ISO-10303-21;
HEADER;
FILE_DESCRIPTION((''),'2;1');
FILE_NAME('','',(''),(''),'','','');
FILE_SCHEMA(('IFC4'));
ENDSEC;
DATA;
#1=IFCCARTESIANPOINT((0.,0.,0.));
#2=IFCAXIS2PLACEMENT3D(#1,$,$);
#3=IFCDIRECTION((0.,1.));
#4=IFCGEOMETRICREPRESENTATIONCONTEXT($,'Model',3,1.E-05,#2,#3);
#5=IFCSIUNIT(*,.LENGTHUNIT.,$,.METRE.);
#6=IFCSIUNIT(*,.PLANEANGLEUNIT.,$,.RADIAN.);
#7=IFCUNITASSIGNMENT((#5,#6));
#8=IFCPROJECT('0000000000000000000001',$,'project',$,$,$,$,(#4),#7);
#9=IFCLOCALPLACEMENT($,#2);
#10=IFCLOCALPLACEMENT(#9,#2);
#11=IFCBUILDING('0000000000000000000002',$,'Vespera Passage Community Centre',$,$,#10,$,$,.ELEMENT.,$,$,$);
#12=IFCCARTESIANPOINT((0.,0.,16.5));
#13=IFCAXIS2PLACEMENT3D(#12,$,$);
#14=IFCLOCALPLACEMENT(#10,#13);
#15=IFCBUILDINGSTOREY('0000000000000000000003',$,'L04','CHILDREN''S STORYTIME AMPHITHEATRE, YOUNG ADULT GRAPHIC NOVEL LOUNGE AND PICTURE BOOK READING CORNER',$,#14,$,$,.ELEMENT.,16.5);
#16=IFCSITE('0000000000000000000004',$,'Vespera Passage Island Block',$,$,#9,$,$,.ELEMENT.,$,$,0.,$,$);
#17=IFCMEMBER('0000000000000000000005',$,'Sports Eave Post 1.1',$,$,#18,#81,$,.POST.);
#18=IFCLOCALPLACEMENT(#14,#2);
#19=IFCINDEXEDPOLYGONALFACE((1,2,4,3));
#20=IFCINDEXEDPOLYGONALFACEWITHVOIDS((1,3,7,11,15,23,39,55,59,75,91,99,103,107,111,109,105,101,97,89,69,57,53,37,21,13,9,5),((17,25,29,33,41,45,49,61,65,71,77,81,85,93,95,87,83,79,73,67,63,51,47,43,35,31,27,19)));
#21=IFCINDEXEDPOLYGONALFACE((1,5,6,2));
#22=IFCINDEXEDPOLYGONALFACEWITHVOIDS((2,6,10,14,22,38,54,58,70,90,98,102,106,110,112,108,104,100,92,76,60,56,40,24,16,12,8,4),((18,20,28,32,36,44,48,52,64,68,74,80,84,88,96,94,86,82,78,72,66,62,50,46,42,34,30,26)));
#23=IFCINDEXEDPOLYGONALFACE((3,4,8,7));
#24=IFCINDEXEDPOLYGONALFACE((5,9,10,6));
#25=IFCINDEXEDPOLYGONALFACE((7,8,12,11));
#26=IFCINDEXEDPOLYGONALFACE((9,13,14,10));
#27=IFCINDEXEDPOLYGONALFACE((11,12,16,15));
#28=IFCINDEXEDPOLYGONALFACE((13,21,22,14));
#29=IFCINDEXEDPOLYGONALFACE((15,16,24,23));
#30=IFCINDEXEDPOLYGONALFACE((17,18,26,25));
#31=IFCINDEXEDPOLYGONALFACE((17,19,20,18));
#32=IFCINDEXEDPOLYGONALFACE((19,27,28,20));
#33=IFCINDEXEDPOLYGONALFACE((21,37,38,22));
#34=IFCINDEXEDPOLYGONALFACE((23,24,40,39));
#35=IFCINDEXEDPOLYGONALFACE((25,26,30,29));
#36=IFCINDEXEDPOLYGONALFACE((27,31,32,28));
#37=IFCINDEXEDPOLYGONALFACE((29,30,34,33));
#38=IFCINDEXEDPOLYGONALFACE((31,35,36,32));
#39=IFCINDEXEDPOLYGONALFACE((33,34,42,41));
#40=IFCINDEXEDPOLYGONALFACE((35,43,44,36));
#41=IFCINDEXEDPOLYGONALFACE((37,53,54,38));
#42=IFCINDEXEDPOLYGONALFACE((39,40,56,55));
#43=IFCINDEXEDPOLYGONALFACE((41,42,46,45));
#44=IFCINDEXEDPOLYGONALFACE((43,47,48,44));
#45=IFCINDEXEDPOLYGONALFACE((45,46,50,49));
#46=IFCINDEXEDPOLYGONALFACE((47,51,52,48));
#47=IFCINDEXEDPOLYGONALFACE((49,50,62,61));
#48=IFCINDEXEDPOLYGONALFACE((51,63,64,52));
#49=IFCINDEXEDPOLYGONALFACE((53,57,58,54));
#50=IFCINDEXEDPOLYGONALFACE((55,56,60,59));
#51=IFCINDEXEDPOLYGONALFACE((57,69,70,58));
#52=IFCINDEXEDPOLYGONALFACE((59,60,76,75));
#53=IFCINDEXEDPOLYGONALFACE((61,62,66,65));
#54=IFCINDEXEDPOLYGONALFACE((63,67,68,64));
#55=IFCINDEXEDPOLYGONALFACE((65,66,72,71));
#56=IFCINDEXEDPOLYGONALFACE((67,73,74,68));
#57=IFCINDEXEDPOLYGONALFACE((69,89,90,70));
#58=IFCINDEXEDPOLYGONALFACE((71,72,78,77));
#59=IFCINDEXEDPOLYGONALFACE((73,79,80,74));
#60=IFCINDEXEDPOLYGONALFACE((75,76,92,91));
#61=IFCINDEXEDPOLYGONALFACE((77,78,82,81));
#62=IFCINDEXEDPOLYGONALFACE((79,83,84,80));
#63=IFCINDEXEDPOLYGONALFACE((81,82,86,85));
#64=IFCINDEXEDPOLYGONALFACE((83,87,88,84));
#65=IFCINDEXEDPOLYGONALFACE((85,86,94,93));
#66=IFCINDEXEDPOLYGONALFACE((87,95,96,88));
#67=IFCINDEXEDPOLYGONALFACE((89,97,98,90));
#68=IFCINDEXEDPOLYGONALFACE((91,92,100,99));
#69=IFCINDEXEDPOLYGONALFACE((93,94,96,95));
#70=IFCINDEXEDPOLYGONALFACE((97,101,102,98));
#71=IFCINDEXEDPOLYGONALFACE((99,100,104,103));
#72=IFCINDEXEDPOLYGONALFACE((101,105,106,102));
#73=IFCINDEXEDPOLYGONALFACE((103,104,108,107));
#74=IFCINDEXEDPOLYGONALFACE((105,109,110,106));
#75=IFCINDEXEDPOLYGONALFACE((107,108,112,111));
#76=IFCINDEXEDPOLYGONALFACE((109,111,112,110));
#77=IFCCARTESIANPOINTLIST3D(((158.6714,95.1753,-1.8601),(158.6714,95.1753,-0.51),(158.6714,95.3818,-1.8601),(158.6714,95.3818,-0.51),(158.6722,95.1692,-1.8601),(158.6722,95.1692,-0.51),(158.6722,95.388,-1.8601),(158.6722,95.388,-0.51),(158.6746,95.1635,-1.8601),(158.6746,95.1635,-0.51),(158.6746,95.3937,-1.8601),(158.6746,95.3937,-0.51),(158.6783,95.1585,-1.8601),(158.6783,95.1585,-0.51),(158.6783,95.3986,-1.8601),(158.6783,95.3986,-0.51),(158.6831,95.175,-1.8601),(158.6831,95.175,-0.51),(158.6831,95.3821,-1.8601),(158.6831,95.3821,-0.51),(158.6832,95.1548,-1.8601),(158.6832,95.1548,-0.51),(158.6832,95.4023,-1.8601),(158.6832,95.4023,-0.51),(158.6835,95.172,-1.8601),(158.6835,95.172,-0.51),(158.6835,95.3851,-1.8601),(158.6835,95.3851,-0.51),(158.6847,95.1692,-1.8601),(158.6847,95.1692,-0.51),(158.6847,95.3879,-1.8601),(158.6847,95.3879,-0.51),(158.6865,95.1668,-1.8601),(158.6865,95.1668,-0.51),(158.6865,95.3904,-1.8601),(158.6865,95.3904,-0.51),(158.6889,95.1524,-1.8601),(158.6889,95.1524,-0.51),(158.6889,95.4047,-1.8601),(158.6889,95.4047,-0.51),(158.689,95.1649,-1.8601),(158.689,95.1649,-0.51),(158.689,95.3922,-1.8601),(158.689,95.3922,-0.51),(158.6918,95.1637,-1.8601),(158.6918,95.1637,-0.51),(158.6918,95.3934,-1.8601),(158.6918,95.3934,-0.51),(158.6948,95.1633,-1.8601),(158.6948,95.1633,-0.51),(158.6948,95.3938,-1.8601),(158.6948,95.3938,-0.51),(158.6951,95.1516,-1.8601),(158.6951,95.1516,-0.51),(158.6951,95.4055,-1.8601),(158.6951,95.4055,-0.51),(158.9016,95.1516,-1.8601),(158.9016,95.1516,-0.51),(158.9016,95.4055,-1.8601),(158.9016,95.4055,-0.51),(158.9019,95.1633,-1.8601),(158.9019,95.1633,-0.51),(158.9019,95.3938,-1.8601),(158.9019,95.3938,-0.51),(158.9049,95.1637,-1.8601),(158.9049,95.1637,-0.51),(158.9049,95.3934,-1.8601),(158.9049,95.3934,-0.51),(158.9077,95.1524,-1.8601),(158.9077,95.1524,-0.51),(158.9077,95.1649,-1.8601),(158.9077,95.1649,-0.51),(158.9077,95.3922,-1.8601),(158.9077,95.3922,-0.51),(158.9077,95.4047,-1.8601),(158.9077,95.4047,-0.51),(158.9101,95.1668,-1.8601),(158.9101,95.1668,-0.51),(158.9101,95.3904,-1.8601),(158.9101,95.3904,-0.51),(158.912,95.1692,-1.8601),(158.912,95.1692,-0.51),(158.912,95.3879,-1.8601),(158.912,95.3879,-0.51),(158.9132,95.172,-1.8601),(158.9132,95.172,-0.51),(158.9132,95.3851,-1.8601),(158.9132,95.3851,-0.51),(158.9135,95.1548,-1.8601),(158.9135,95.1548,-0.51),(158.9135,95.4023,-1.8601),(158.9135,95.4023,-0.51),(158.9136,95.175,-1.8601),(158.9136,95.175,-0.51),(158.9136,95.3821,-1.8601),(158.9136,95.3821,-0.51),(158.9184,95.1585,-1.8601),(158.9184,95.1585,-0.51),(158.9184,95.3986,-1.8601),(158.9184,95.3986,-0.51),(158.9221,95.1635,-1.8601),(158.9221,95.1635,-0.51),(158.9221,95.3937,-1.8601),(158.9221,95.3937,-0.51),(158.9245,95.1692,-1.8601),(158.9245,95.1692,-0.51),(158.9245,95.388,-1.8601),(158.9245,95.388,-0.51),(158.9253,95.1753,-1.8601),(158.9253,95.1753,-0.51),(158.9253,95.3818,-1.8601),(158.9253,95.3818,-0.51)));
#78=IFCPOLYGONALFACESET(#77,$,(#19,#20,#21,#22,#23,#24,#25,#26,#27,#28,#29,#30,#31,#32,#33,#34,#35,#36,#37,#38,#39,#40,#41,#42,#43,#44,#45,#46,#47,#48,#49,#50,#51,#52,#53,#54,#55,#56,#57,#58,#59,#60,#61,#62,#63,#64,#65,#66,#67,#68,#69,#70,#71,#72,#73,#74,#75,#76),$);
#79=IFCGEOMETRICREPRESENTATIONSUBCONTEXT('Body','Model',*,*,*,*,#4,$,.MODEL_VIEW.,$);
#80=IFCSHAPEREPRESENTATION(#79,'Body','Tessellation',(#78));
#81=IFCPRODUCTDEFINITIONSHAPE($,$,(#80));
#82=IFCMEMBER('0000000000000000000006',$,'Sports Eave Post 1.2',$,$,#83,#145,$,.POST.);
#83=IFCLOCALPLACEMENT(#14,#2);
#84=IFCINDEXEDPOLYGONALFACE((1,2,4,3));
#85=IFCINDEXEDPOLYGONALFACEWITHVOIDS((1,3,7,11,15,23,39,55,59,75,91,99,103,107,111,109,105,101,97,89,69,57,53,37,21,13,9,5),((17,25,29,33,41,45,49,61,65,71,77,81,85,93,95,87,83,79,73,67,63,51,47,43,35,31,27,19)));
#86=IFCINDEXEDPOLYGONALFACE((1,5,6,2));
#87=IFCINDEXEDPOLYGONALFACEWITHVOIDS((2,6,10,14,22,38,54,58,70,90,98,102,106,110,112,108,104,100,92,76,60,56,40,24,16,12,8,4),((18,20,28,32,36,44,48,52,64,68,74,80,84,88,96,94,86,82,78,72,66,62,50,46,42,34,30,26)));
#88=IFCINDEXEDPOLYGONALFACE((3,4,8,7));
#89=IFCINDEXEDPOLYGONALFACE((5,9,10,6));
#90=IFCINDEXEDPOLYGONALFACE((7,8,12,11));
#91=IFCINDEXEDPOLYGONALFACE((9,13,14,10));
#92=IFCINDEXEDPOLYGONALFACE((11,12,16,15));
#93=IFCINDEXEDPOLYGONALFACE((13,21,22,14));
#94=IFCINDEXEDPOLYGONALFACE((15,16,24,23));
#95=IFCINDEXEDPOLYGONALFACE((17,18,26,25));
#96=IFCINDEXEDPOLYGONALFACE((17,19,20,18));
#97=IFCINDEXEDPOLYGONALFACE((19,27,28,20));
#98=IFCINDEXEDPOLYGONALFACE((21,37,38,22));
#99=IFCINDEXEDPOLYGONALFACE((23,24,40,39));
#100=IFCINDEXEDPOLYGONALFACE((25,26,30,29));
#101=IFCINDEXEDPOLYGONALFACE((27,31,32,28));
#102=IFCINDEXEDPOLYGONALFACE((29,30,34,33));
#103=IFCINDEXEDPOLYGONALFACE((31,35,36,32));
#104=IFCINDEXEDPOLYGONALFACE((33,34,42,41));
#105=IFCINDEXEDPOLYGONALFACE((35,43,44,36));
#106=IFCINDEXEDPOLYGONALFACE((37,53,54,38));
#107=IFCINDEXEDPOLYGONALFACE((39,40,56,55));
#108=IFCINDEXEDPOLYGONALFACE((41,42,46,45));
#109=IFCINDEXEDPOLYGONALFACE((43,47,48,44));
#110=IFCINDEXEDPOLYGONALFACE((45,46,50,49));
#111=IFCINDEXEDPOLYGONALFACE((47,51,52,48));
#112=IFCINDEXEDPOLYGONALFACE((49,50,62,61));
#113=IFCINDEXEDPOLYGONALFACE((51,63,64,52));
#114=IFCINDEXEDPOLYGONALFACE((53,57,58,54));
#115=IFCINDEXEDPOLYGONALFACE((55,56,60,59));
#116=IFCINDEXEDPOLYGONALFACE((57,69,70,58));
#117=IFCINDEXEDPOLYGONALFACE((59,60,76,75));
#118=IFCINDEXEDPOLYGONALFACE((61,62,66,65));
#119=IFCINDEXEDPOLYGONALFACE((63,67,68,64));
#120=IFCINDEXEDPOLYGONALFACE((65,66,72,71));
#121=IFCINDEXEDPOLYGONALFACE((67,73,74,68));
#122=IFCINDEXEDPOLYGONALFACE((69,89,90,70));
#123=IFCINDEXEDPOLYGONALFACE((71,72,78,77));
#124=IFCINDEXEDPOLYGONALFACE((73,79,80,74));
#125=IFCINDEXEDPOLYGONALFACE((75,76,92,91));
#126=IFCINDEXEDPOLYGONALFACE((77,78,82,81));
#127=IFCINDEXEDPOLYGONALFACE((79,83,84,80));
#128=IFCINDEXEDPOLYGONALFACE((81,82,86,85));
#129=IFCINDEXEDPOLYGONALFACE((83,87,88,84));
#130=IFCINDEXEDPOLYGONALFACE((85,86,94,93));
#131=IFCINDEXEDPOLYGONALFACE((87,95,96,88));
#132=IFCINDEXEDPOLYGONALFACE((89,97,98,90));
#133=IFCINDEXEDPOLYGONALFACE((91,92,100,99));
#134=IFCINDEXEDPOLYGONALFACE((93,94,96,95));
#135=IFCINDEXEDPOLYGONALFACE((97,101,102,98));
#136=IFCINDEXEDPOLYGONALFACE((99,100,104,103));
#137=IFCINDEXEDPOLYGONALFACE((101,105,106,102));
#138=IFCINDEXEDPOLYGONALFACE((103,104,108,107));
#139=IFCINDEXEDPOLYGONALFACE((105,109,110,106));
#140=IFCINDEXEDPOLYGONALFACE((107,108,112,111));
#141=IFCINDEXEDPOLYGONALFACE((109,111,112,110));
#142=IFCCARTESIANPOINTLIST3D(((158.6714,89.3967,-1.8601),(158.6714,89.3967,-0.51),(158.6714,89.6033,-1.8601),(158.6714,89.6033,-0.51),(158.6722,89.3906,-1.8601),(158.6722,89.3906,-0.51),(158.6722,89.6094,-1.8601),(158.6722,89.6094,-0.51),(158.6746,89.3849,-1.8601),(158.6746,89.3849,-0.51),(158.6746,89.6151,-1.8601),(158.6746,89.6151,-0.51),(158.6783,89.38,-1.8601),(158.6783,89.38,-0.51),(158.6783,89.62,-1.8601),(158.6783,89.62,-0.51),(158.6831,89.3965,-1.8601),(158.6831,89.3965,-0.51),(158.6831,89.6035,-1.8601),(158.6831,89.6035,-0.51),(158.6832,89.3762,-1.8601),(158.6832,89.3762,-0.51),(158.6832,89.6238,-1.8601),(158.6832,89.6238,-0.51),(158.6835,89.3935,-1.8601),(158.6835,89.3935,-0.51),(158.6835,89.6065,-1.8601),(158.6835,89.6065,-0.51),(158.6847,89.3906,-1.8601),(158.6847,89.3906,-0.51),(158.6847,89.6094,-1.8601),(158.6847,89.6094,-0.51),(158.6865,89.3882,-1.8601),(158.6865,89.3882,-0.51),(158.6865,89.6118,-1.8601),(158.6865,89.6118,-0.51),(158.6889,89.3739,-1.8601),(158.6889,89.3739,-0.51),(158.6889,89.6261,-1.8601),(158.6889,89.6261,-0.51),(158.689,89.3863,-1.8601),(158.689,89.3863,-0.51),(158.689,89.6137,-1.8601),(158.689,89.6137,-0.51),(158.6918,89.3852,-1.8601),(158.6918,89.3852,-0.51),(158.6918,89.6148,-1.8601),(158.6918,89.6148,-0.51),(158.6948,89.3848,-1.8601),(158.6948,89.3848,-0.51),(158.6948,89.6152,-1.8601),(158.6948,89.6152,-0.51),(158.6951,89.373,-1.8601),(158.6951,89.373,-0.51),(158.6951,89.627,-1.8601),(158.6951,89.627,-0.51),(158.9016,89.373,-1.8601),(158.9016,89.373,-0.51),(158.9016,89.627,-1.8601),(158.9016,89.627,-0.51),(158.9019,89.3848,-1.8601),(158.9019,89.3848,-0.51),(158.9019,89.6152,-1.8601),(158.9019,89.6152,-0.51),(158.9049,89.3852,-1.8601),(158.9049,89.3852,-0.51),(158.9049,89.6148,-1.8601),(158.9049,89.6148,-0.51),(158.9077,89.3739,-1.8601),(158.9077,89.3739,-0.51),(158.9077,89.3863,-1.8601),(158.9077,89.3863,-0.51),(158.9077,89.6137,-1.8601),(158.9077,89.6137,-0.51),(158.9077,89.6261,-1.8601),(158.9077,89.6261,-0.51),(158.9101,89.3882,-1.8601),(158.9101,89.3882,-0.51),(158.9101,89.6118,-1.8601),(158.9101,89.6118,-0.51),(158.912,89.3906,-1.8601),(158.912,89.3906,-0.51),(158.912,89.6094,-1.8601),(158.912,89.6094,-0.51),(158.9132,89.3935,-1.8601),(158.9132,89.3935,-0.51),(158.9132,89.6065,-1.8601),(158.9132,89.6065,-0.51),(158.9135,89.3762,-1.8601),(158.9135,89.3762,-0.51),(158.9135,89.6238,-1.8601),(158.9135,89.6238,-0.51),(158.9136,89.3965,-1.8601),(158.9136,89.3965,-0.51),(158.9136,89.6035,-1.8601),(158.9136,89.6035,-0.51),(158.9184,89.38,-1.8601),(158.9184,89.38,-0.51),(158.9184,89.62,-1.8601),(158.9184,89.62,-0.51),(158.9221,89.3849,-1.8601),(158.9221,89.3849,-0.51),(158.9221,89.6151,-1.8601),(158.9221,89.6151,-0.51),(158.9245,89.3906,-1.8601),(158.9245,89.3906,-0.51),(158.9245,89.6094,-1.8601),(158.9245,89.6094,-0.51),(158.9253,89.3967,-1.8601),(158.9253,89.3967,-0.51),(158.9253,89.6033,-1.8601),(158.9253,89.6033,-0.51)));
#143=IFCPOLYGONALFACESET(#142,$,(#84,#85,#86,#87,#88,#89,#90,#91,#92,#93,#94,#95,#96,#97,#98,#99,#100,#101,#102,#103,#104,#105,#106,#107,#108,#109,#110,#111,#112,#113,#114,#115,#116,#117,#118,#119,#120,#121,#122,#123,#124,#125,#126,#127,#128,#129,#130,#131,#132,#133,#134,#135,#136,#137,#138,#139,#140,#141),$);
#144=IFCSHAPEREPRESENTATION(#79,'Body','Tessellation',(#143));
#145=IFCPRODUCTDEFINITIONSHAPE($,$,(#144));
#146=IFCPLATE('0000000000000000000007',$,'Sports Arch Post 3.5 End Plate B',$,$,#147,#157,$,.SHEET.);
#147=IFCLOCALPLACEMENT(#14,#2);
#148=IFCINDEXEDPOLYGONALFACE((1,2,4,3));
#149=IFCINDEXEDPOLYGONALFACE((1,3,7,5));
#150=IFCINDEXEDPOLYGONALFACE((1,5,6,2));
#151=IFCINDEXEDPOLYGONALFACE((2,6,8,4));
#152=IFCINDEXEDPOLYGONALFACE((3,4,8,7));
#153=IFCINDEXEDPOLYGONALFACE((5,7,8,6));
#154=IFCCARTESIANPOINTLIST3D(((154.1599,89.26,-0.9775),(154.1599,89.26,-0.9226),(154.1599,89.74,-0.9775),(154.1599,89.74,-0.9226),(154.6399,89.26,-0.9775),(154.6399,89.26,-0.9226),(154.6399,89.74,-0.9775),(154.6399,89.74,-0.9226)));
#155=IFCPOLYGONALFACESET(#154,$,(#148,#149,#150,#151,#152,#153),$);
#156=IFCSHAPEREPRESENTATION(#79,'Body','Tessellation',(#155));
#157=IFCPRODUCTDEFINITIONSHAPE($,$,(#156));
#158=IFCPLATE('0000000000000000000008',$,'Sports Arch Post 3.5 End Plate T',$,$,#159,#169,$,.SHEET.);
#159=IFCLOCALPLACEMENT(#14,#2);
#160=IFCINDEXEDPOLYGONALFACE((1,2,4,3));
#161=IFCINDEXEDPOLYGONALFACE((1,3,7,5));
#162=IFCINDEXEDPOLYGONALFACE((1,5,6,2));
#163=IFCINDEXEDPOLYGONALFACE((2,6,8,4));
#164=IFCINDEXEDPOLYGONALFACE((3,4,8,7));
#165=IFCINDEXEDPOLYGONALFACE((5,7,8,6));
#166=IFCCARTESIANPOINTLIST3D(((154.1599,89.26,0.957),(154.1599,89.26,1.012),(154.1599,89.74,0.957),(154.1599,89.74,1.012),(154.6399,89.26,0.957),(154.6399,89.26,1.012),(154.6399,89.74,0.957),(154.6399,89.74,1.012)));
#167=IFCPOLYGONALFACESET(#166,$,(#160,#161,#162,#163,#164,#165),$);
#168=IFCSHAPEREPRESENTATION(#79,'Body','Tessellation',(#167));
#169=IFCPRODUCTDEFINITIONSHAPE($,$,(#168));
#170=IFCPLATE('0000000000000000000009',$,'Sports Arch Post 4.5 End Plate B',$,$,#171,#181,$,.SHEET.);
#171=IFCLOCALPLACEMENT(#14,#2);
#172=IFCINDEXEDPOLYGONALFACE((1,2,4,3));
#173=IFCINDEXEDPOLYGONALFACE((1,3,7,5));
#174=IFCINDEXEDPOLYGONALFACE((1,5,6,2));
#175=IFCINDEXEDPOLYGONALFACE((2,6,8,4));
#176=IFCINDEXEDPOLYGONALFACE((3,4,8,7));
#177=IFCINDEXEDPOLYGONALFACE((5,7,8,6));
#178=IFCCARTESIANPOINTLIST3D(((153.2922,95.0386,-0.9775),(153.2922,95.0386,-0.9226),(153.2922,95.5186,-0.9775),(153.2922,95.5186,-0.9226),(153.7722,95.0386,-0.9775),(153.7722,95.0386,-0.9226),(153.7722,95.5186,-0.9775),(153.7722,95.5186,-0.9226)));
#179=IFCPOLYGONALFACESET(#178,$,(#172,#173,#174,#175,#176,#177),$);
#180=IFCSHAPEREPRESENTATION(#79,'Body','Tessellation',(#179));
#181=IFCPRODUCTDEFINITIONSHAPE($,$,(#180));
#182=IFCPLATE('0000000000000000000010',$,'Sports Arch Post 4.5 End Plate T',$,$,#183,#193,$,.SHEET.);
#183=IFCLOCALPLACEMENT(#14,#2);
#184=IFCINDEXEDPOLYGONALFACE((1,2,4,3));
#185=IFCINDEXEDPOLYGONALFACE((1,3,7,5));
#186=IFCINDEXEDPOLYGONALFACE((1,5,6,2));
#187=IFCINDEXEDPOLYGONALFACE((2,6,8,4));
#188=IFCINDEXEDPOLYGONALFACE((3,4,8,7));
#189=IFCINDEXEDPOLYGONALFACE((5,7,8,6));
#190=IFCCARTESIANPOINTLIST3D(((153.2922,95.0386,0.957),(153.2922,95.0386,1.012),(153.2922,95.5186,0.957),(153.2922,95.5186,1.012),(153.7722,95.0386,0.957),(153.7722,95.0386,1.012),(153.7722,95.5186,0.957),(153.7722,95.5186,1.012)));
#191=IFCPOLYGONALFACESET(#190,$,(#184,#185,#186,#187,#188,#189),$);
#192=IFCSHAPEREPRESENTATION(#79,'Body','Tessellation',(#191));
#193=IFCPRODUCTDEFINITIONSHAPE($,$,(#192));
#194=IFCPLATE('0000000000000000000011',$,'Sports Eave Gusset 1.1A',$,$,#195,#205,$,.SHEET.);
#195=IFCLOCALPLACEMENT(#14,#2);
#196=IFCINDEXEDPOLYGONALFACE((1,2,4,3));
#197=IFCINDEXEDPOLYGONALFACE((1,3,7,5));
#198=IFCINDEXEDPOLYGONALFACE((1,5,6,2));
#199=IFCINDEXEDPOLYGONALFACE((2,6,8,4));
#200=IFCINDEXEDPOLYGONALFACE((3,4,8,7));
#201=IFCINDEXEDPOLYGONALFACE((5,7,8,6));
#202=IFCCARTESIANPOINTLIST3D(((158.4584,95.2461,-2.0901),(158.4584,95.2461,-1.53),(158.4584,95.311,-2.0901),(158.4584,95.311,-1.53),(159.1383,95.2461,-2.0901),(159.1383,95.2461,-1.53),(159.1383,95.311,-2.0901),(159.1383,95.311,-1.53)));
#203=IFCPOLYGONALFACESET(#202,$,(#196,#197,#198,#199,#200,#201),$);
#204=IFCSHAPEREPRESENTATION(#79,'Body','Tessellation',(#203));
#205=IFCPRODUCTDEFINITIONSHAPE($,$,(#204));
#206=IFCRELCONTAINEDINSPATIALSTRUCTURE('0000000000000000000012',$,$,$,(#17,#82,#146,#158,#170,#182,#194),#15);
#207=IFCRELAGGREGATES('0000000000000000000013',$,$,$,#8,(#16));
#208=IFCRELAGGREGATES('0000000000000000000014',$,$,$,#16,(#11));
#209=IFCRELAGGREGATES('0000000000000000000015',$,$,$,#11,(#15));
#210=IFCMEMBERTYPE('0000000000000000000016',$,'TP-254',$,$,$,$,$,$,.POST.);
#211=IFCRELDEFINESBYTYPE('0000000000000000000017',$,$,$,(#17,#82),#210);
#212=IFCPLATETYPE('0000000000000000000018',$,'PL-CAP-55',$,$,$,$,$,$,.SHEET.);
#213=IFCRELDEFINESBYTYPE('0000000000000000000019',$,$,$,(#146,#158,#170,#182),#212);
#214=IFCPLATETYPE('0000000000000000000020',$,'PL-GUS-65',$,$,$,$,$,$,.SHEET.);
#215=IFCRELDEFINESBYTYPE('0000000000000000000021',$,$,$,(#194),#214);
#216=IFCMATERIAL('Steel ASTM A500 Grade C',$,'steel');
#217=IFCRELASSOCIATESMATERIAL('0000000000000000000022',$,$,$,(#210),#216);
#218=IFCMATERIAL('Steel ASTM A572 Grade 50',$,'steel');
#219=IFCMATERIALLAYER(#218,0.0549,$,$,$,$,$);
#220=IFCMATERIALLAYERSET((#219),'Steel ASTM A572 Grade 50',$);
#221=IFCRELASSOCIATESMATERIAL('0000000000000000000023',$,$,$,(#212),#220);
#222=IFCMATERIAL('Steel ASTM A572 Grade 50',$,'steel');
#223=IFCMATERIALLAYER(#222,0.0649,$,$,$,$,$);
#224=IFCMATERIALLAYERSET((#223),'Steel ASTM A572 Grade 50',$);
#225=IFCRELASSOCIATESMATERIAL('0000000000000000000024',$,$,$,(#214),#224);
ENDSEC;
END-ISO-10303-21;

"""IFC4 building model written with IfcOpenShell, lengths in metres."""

from ifc_helpers import new_model, si_unit, direction, frame, origin, origin_2d, place, context, subcontext, project, spatial, rectangle, hollow_rectangle, extrude, material, layer, layer_set, material_profile, profile_set, type_object, element, save


model = new_model("IFC4")

# Units and contexts
model_context = context("Model", 3, precision=1e-05, world=origin(), true_north=direction((0.0, 1.0)))
body_context = subcontext(model_context, "Body", "Model", "MODEL_VIEW")
ifc_project = project(units=[si_unit("LENGTHUNIT", "METRE"), si_unit("PLANEANGLEUNIT", "RADIAN")], contexts=[model_context])

# Site, building, storey
site_placement = place(None, origin())
site = spatial("IfcSite", under=ifc_project, at=site_placement, Name="Vespera Passage Island Block", CompositionType="ELEMENT", RefElevation=0.0)
building_placement = place(site_placement, origin())
building = spatial("IfcBuilding", under=site, at=building_placement, Name="Vespera Passage Community Centre", CompositionType="ELEMENT")
storey_placement = place(building_placement, frame((0.0, 0.0, 16.5)))
storey = spatial("IfcBuildingStorey", under=building, at=storey_placement, Name="L04", Description="CHILDREN'S STORYTIME AMPHITHEATRE, YOUNG ADULT GRAPHIC NOVEL LOUNGE AND PICTURE BOOK READING CORNER", CompositionType="ELEMENT", Elevation=16.5)

# Members
ifc_material_1 = material(Name="Steel ASTM A500 Grade C", Category="steel")
ifc_material_profile_1 = material_profile(ifc_material_1, hollow_rectangle(XDim=0.2539, YDim=0.2539, WallThickness=0.0117, InnerFilletRadius=0.0117, OuterFilletRadius=0.0237, at=origin_2d()), Name="HSS254X254X12.7")
ifc_profile_set_1 = profile_set([ifc_material_profile_1], Name="Steel ASTM A500 Grade C")
member_type_1 = type_object("IfcMemberType", Name="TP-254", PredefinedType="POST", material=ifc_profile_set_1)
for number, where, z_axis, x_axis, name in (
    (1, (158.7983, 95.2786, -1.8601), (0.0, 0.0, 1.0), (1.0, 0.0, 0.0), "Sports Eave Post 1.1"),
    (2, (158.7983, 89.5, -1.8601), (0.0, 0.0, 1.0), (1.0, 0.0, 0.0), "Sports Eave Post 1.2"),
):
    element("IfcMember", number, at=place(storey_placement, frame(where, z_axis=z_axis, x_axis=x_axis)), inside=storey, type_object=member_type_1, Name=name, PredefinedType="POST", context=body_context, shape_type="SweptSolid", body=[
        extrude(hollow_rectangle(XDim=0.2539, YDim=0.2539, WallThickness=0.0117, InnerFilletRadius=0.0117, OuterFilletRadius=0.0237, at=origin_2d()), origin(), (0.0, 0.0, 1.0), 1.3501),
    ])

# Plates
ifc_material_2 = material(Name="Steel ASTM A572 Grade 50", Category="steel")
ifc_layer_1 = layer(ifc_material_2, 0.0549)
ifc_layer_set_1 = layer_set([ifc_layer_1], Name="Steel ASTM A572 Grade 50")
plate_type_1 = type_object("IfcPlateType", Name="PL-CAP-55", PredefinedType="SHEET", material=ifc_layer_set_1)
for number, where, z_axis, x_axis, name in (
    (3, (154.3999, 89.5, -0.9775), (0.0, 0.0, 1.0), (1.0, 0.0, 0.0), "Sports Arch Post 3.5 End Plate B"),
    (4, (154.3999, 89.5, 0.957), (0.0, 0.0, 1.0), (1.0, 0.0, 0.0), "Sports Arch Post 3.5 End Plate T"),
    (5, (153.5322, 95.2786, -0.9775), (0.0, 0.0, 1.0), (1.0, 0.0, 0.0), "Sports Arch Post 4.5 End Plate B"),
    (6, (153.5322, 95.2786, 0.957), (0.0, 0.0, 1.0), (1.0, 0.0, 0.0), "Sports Arch Post 4.5 End Plate T"),
):
    element("IfcPlate", number, at=place(storey_placement, frame(where, z_axis=z_axis, x_axis=x_axis)), inside=storey, type_object=plate_type_1, Name=name, PredefinedType="SHEET", context=body_context, shape_type="SweptSolid", body=[
        extrude(rectangle(XDim=0.48, YDim=0.48, at=origin_2d()), origin(), (0.0, 0.0, 1.0), 0.0549),
    ])
ifc_material_3 = material(Name="Steel ASTM A572 Grade 50", Category="steel")
ifc_layer_2 = layer(ifc_material_3, 0.0649)
ifc_layer_set_2 = layer_set([ifc_layer_2], Name="Steel ASTM A572 Grade 50")
plate_type_2 = type_object("IfcPlateType", Name="PL-GUS-65", PredefinedType="SHEET", material=ifc_layer_set_2)
for number, where, z_axis, x_axis, name in (
    (7, (158.7983, 95.2786, -2.0901), (0.0, 0.0, 1.0), (1.0, 0.0, 0.0), "Sports Eave Gusset 1.1A"),
):
    element("IfcPlate", number, at=place(storey_placement, frame(where, z_axis=z_axis, x_axis=x_axis)), inside=storey, type_object=plate_type_2, Name=name, PredefinedType="SHEET", context=body_context, shape_type="SweptSolid", body=[
        extrude(rectangle(XDim=0.6799, YDim=0.0649, at=origin_2d()), origin(), (0.0, 0.0, 1.0), 0.5601),
    ])

save(model, "model.ifc")
